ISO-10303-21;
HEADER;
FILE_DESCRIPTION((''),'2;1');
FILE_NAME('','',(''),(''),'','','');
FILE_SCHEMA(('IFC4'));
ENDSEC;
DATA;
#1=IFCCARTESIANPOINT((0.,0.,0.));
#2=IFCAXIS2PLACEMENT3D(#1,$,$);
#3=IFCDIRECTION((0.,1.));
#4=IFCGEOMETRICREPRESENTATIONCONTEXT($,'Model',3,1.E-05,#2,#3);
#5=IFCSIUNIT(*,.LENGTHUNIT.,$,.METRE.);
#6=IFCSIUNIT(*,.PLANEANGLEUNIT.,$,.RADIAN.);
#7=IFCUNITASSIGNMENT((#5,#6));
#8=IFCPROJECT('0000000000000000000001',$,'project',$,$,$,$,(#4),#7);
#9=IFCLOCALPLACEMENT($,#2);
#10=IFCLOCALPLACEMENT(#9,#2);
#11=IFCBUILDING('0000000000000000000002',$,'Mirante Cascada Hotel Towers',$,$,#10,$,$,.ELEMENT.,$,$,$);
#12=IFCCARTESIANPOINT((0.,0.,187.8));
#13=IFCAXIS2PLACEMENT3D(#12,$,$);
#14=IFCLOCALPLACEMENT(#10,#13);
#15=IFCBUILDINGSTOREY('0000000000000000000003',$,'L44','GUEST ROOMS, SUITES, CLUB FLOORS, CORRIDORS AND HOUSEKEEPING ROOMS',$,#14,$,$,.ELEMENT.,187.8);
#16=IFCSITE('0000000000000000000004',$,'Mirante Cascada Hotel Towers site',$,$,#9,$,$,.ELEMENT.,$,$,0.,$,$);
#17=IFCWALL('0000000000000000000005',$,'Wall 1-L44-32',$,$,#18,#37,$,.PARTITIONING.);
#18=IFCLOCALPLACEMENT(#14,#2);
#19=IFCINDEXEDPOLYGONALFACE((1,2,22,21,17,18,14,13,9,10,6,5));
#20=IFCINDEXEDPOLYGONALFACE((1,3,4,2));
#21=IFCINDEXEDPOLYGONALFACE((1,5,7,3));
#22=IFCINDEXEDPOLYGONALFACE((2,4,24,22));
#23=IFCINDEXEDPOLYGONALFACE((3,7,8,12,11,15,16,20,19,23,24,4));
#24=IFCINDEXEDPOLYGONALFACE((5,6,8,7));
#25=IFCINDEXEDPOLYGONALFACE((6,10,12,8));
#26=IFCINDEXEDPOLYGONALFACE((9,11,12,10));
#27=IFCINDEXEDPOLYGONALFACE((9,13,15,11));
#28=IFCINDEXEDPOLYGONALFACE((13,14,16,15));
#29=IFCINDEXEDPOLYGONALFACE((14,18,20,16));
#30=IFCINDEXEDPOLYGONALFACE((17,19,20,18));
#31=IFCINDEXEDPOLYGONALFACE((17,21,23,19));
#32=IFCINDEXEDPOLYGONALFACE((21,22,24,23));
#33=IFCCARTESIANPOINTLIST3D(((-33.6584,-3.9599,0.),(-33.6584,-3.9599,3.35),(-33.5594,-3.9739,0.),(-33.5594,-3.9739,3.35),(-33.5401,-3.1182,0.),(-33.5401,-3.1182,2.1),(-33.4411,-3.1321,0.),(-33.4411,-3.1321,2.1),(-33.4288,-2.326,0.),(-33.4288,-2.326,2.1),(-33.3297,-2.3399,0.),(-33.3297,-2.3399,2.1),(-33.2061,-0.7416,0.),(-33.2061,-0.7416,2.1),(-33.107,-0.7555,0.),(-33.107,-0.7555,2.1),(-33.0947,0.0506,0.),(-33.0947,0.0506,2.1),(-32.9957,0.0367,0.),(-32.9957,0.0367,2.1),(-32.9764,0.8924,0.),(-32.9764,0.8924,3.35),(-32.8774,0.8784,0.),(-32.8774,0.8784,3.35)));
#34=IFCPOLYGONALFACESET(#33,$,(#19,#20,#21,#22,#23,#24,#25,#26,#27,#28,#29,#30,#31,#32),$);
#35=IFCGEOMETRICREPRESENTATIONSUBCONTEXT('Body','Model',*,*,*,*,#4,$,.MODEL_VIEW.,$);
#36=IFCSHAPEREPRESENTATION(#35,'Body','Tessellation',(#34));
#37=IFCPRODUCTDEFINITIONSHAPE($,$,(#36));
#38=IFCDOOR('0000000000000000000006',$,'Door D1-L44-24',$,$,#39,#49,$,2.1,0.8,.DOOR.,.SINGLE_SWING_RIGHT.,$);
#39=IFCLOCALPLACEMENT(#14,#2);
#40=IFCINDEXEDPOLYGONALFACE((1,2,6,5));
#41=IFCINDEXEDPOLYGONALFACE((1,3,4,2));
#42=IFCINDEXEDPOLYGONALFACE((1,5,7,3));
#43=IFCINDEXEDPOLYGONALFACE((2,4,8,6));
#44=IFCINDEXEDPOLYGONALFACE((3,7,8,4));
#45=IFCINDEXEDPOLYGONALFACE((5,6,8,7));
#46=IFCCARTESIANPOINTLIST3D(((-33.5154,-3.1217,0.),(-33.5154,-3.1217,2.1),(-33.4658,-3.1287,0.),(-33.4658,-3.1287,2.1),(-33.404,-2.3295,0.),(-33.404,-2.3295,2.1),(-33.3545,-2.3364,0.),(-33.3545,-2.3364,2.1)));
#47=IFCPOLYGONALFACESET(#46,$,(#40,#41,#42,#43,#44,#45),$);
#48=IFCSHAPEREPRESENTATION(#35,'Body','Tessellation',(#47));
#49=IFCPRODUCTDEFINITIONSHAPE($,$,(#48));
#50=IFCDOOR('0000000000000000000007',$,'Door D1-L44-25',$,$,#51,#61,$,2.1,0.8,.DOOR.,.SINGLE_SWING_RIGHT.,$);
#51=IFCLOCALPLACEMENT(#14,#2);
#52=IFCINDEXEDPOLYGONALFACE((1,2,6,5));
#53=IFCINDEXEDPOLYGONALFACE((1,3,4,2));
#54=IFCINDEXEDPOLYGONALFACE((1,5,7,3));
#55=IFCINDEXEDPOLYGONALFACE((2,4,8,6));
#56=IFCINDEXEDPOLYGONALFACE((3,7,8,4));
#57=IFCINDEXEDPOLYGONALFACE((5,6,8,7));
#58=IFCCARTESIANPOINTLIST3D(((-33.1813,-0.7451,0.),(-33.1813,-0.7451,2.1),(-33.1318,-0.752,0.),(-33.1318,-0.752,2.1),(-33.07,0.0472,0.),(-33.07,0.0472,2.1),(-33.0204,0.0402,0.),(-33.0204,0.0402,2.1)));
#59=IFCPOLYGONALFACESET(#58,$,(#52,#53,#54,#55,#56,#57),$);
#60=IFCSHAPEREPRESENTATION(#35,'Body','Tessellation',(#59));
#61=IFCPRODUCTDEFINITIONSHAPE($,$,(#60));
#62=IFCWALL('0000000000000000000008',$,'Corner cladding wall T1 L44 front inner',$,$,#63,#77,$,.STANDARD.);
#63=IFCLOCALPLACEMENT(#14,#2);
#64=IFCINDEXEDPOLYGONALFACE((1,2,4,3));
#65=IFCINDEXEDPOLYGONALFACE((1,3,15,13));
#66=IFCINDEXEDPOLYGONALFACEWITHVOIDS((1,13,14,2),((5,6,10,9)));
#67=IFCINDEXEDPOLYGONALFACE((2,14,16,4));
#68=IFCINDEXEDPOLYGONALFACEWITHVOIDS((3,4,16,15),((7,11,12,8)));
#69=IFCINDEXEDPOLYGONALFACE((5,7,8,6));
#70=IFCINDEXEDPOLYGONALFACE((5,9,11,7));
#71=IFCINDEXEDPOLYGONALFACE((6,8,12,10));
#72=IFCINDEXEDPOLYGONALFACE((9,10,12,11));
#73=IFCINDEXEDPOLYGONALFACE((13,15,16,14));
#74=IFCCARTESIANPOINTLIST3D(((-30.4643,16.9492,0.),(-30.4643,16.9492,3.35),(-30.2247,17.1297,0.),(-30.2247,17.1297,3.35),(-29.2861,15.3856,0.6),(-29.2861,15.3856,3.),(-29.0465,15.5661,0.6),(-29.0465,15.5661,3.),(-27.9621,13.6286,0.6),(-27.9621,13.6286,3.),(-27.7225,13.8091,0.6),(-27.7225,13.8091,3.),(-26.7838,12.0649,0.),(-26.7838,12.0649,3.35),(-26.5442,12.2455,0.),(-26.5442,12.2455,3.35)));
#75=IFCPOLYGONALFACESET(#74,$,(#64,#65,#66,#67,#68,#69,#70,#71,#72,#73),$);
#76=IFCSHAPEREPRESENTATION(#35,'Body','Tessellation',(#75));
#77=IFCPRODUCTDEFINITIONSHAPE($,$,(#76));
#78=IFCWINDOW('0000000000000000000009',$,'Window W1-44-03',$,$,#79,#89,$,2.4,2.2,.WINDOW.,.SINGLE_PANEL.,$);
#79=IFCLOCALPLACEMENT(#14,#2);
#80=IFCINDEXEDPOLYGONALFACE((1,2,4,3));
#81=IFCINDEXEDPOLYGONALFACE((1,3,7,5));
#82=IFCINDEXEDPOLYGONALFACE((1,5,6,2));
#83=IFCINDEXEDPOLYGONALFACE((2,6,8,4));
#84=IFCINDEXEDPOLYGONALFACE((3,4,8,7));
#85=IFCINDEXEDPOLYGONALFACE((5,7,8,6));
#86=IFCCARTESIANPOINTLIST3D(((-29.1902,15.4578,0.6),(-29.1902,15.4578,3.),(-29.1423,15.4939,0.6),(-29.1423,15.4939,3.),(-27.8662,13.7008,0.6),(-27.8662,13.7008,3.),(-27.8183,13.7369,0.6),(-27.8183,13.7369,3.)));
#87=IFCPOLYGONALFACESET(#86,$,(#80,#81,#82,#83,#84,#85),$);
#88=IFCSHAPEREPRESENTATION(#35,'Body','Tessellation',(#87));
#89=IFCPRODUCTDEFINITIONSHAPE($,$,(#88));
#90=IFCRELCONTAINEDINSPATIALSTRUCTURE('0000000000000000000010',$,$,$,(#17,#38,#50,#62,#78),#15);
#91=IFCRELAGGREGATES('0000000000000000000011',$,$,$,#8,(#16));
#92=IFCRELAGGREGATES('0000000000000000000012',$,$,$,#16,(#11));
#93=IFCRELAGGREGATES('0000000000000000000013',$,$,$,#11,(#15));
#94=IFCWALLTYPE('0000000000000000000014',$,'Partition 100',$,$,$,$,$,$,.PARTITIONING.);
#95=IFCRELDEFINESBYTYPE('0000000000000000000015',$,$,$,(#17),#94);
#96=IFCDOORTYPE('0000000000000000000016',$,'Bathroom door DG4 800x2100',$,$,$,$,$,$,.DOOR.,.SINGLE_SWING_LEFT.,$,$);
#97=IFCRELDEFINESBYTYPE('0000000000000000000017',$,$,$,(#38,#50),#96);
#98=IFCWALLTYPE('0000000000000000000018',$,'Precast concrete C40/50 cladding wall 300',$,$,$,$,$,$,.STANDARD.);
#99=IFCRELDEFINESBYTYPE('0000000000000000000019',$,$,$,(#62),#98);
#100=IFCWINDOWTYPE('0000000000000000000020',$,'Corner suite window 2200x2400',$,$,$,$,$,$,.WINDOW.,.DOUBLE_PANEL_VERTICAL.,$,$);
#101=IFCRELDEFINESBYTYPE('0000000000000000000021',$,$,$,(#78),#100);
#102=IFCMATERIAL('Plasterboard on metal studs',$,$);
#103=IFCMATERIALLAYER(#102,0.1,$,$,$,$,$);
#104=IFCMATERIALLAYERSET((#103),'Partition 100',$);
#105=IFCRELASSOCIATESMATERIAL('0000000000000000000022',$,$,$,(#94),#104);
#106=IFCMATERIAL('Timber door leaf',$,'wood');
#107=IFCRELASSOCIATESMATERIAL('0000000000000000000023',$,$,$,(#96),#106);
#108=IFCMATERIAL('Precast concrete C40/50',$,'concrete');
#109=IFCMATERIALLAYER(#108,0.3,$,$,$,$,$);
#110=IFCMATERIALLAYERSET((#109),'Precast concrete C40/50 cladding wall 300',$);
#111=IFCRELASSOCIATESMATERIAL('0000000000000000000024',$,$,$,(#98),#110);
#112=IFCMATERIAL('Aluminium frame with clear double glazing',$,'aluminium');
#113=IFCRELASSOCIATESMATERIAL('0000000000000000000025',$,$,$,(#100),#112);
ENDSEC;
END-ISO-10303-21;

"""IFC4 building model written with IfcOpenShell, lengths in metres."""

from ifc_helpers import new_model, si_unit, direction, frame, frame_2d, origin, place, context, subcontext, project, spatial, rectangle, extrude, material, layer, layer_set, type_object, element, fill, save


model = new_model("IFC4")

# Units and contexts
model_context = context("Model", 3, precision=1e-05, world=origin(), true_north=direction((0.0, 1.0)))
body_context = subcontext(model_context, "Body", "Model", "MODEL_VIEW")
ifc_project = project(units=[si_unit("LENGTHUNIT", "METRE"), si_unit("PLANEANGLEUNIT", "RADIAN")], contexts=[model_context])

# Site, building, storey
site_placement = place(None, origin())
site = spatial("IfcSite", under=ifc_project, at=site_placement, Name="Mirante Cascada Hotel Towers site", CompositionType="ELEMENT", RefElevation=0.0)
building_placement = place(site_placement, origin())
building = spatial("IfcBuilding", under=site, at=building_placement, Name="Mirante Cascada Hotel Towers", CompositionType="ELEMENT")
storey_placement = place(building_placement, frame((0.0, 0.0, 187.8)))
storey = spatial("IfcBuildingStorey", under=building, at=storey_placement, Name="L44", Description="GUEST ROOMS, SUITES, CLUB FLOORS, CORRIDORS AND HOUSEKEEPING ROOMS", CompositionType="ELEMENT", Elevation=187.8)

# Shared definitions
ifc_material_1 = material(Name="Plasterboard on metal studs")
ifc_layer_1 = layer(ifc_material_1, 0.1)
ifc_layer_set_1 = layer_set([ifc_layer_1], Name="Partition 100")
wall_type_1 = type_object("IfcWallType", Name="Partition 100", PredefinedType="PARTITIONING", material=ifc_layer_set_1)

# Shared definitions
ifc_material_2 = material(Name="Timber door leaf", Category="wood")
door_type_1 = type_object("IfcDoorType", Name="Bathroom door DG4 800x2100", OperationType="SINGLE_SWING_LEFT", PredefinedType="DOOR", material=ifc_material_2)

# Wall, openings, doors
wall_1_placement = place(storey_placement, frame((-32.9269, 0.8854, 0.0), z_axis=(0.0, 0.0, 1.0), x_axis=(-0.139184, -0.990267, 0.0)))
wall_1 = element("IfcWall", 1, at=wall_1_placement, inside=storey, type_object=wall_type_1, Name="Wall 1-L44-32", PredefinedType="PARTITIONING", context=body_context, shape_type="SweptSolid", body=[
    extrude(rectangle(XDim=4.9, YDim=0.1, at=frame_2d((2.45, 0.0))), origin(), (0.0, 0.0, 1.0), 3.35),
])
opening_1_placement = place(wall_1_placement, frame((3.25, 0.0, 0.0)))
opening_1 = element("IfcOpeningElement", 2, at=opening_1_placement, cuts=wall_1, PredefinedType="OPENING", context=body_context, shape_type="SweptSolid", body=[
    extrude(rectangle(XDim=0.8, YDim=2.1, at=frame_2d((0.4, 1.05))), frame((0.0, 0.05, 0.0), z_axis=(0.0, -1.0, 0.0), x_axis=(1.0, 0.0, 0.0)), (0.0, 0.0, 1.0), 0.1),
])
opening_2_placement = place(wall_1_placement, frame((0.85, 0.0, 0.0)))
opening_2 = element("IfcOpeningElement", 3, at=opening_2_placement, cuts=wall_1, PredefinedType="OPENING", context=body_context, shape_type="SweptSolid", body=[
    extrude(rectangle(XDim=0.8, YDim=2.1, at=frame_2d((0.4, 1.05))), frame((0.0, 0.05, 0.0), z_axis=(0.0, -1.0, 0.0), x_axis=(1.0, 0.0, 0.0)), (0.0, 0.0, 1.0), 0.1),
])
door_1_placement = place(opening_1_placement, frame((0.8, 0.0, 0.0), z_axis=(0.0, 0.0, 1.0), x_axis=(-1.0, 0.0, 0.0)))
door_1 = element("IfcDoor", 4, at=door_1_placement, inside=storey, type_object=door_type_1, Name="Door D1-L44-24", OperationType="SINGLE_SWING_RIGHT", OverallHeight=2.1, OverallWidth=0.8, PredefinedType="DOOR", context=body_context, shape_type="SweptSolid", body=[
    extrude(rectangle(XDim=0.8, YDim=2.1, at=frame_2d((0.4, 1.05))), frame((0.0, 0.025, 0.0), z_axis=(0.0, -1.0, 0.0), x_axis=(1.0, 0.0, 0.0)), (0.0, 0.0, 1.0), 0.05),
])
fill(opening_1, door_1)
door_2_placement = place(opening_2_placement, frame((0.8, 0.0, 0.0), z_axis=(0.0, 0.0, 1.0), x_axis=(-1.0, 0.0, 0.0)))
door_2 = element("IfcDoor", 5, at=door_2_placement, inside=storey, type_object=door_type_1, Name="Door D1-L44-25", OperationType="SINGLE_SWING_RIGHT", OverallHeight=2.1, OverallWidth=0.8, PredefinedType="DOOR", context=body_context, shape_type="SweptSolid", body=[
    extrude(rectangle(XDim=0.8, YDim=2.1, at=frame_2d((0.4, 1.05))), frame((0.0, 0.025, 0.0), z_axis=(0.0, -1.0, 0.0), x_axis=(1.0, 0.0, 0.0)), (0.0, 0.0, 1.0), 0.05),
])
fill(opening_2, door_2)

# Wall, opening, window
ifc_material_3 = material(Name="Precast concrete C40/50", Category="concrete")
ifc_layer_2 = layer(ifc_material_3, 0.3)
ifc_layer_set_2 = layer_set([ifc_layer_2], Name="Precast concrete C40/50 cladding wall 300")
wall_type_2 = type_object("IfcWallType", Name="Precast concrete C40/50 cladding wall 300", PredefinedType="STANDARD", material=ifc_layer_set_2)
wall_2_placement = place(storey_placement, frame((-30.3445, 17.0394, 0.0), z_axis=(0.0, 0.0, 1.0), x_axis=(0.601814, -0.798636, 0.0)))
wall_2 = element("IfcWall", 6, at=wall_2_placement, inside=storey, type_object=wall_type_2, Name="Corner cladding wall T1 L44 front inner", PredefinedType="STANDARD", context=body_context, shape_type="SweptSolid", body=[
    extrude(rectangle(XDim=6.1157, YDim=0.3, at=frame_2d((3.0578, 0.0))), origin(), (0.0, 0.0, 1.0), 3.35),
])
opening_3_placement = place(wall_2_placement, frame((1.9578, 0.0, 0.6)))
opening_3 = element("IfcOpeningElement", 7, at=opening_3_placement, cuts=wall_2, PredefinedType="OPENING", context=body_context, shape_type="SweptSolid", body=[
    extrude(rectangle(XDim=2.2, YDim=2.4, at=frame_2d((1.1, 1.2))), frame((0.0, 0.15, 0.0), z_axis=(0.0, -1.0, 0.0), x_axis=(1.0, 0.0, 0.0)), (0.0, 0.0, 1.0), 0.3),
])
ifc_material_4 = material(Name="Aluminium frame with clear double glazing", Category="aluminium")
window_type = type_object("IfcWindowType", Name="Corner suite window 2200x2400", PartitioningType="DOUBLE_PANEL_VERTICAL", PredefinedType="WINDOW", material=ifc_material_4)
window_placement = place(opening_3_placement, origin())
window = element("IfcWindow", 8, at=window_placement, inside=storey, type_object=window_type, Name="Window W1-44-03", OverallHeight=2.4, OverallWidth=2.2, PartitioningType="SINGLE_PANEL", PredefinedType="WINDOW", context=body_context, shape_type="SweptSolid", body=[
    extrude(rectangle(XDim=2.2, YDim=2.4, at=frame_2d((1.1, 1.2))), frame((0.0, 0.03, 0.0), z_axis=(0.0, -1.0, 0.0), x_axis=(1.0, 0.0, 0.0)), (0.0, 0.0, 1.0), 0.06),
])
fill(opening_3, window)

save(model, "model.ifc")
